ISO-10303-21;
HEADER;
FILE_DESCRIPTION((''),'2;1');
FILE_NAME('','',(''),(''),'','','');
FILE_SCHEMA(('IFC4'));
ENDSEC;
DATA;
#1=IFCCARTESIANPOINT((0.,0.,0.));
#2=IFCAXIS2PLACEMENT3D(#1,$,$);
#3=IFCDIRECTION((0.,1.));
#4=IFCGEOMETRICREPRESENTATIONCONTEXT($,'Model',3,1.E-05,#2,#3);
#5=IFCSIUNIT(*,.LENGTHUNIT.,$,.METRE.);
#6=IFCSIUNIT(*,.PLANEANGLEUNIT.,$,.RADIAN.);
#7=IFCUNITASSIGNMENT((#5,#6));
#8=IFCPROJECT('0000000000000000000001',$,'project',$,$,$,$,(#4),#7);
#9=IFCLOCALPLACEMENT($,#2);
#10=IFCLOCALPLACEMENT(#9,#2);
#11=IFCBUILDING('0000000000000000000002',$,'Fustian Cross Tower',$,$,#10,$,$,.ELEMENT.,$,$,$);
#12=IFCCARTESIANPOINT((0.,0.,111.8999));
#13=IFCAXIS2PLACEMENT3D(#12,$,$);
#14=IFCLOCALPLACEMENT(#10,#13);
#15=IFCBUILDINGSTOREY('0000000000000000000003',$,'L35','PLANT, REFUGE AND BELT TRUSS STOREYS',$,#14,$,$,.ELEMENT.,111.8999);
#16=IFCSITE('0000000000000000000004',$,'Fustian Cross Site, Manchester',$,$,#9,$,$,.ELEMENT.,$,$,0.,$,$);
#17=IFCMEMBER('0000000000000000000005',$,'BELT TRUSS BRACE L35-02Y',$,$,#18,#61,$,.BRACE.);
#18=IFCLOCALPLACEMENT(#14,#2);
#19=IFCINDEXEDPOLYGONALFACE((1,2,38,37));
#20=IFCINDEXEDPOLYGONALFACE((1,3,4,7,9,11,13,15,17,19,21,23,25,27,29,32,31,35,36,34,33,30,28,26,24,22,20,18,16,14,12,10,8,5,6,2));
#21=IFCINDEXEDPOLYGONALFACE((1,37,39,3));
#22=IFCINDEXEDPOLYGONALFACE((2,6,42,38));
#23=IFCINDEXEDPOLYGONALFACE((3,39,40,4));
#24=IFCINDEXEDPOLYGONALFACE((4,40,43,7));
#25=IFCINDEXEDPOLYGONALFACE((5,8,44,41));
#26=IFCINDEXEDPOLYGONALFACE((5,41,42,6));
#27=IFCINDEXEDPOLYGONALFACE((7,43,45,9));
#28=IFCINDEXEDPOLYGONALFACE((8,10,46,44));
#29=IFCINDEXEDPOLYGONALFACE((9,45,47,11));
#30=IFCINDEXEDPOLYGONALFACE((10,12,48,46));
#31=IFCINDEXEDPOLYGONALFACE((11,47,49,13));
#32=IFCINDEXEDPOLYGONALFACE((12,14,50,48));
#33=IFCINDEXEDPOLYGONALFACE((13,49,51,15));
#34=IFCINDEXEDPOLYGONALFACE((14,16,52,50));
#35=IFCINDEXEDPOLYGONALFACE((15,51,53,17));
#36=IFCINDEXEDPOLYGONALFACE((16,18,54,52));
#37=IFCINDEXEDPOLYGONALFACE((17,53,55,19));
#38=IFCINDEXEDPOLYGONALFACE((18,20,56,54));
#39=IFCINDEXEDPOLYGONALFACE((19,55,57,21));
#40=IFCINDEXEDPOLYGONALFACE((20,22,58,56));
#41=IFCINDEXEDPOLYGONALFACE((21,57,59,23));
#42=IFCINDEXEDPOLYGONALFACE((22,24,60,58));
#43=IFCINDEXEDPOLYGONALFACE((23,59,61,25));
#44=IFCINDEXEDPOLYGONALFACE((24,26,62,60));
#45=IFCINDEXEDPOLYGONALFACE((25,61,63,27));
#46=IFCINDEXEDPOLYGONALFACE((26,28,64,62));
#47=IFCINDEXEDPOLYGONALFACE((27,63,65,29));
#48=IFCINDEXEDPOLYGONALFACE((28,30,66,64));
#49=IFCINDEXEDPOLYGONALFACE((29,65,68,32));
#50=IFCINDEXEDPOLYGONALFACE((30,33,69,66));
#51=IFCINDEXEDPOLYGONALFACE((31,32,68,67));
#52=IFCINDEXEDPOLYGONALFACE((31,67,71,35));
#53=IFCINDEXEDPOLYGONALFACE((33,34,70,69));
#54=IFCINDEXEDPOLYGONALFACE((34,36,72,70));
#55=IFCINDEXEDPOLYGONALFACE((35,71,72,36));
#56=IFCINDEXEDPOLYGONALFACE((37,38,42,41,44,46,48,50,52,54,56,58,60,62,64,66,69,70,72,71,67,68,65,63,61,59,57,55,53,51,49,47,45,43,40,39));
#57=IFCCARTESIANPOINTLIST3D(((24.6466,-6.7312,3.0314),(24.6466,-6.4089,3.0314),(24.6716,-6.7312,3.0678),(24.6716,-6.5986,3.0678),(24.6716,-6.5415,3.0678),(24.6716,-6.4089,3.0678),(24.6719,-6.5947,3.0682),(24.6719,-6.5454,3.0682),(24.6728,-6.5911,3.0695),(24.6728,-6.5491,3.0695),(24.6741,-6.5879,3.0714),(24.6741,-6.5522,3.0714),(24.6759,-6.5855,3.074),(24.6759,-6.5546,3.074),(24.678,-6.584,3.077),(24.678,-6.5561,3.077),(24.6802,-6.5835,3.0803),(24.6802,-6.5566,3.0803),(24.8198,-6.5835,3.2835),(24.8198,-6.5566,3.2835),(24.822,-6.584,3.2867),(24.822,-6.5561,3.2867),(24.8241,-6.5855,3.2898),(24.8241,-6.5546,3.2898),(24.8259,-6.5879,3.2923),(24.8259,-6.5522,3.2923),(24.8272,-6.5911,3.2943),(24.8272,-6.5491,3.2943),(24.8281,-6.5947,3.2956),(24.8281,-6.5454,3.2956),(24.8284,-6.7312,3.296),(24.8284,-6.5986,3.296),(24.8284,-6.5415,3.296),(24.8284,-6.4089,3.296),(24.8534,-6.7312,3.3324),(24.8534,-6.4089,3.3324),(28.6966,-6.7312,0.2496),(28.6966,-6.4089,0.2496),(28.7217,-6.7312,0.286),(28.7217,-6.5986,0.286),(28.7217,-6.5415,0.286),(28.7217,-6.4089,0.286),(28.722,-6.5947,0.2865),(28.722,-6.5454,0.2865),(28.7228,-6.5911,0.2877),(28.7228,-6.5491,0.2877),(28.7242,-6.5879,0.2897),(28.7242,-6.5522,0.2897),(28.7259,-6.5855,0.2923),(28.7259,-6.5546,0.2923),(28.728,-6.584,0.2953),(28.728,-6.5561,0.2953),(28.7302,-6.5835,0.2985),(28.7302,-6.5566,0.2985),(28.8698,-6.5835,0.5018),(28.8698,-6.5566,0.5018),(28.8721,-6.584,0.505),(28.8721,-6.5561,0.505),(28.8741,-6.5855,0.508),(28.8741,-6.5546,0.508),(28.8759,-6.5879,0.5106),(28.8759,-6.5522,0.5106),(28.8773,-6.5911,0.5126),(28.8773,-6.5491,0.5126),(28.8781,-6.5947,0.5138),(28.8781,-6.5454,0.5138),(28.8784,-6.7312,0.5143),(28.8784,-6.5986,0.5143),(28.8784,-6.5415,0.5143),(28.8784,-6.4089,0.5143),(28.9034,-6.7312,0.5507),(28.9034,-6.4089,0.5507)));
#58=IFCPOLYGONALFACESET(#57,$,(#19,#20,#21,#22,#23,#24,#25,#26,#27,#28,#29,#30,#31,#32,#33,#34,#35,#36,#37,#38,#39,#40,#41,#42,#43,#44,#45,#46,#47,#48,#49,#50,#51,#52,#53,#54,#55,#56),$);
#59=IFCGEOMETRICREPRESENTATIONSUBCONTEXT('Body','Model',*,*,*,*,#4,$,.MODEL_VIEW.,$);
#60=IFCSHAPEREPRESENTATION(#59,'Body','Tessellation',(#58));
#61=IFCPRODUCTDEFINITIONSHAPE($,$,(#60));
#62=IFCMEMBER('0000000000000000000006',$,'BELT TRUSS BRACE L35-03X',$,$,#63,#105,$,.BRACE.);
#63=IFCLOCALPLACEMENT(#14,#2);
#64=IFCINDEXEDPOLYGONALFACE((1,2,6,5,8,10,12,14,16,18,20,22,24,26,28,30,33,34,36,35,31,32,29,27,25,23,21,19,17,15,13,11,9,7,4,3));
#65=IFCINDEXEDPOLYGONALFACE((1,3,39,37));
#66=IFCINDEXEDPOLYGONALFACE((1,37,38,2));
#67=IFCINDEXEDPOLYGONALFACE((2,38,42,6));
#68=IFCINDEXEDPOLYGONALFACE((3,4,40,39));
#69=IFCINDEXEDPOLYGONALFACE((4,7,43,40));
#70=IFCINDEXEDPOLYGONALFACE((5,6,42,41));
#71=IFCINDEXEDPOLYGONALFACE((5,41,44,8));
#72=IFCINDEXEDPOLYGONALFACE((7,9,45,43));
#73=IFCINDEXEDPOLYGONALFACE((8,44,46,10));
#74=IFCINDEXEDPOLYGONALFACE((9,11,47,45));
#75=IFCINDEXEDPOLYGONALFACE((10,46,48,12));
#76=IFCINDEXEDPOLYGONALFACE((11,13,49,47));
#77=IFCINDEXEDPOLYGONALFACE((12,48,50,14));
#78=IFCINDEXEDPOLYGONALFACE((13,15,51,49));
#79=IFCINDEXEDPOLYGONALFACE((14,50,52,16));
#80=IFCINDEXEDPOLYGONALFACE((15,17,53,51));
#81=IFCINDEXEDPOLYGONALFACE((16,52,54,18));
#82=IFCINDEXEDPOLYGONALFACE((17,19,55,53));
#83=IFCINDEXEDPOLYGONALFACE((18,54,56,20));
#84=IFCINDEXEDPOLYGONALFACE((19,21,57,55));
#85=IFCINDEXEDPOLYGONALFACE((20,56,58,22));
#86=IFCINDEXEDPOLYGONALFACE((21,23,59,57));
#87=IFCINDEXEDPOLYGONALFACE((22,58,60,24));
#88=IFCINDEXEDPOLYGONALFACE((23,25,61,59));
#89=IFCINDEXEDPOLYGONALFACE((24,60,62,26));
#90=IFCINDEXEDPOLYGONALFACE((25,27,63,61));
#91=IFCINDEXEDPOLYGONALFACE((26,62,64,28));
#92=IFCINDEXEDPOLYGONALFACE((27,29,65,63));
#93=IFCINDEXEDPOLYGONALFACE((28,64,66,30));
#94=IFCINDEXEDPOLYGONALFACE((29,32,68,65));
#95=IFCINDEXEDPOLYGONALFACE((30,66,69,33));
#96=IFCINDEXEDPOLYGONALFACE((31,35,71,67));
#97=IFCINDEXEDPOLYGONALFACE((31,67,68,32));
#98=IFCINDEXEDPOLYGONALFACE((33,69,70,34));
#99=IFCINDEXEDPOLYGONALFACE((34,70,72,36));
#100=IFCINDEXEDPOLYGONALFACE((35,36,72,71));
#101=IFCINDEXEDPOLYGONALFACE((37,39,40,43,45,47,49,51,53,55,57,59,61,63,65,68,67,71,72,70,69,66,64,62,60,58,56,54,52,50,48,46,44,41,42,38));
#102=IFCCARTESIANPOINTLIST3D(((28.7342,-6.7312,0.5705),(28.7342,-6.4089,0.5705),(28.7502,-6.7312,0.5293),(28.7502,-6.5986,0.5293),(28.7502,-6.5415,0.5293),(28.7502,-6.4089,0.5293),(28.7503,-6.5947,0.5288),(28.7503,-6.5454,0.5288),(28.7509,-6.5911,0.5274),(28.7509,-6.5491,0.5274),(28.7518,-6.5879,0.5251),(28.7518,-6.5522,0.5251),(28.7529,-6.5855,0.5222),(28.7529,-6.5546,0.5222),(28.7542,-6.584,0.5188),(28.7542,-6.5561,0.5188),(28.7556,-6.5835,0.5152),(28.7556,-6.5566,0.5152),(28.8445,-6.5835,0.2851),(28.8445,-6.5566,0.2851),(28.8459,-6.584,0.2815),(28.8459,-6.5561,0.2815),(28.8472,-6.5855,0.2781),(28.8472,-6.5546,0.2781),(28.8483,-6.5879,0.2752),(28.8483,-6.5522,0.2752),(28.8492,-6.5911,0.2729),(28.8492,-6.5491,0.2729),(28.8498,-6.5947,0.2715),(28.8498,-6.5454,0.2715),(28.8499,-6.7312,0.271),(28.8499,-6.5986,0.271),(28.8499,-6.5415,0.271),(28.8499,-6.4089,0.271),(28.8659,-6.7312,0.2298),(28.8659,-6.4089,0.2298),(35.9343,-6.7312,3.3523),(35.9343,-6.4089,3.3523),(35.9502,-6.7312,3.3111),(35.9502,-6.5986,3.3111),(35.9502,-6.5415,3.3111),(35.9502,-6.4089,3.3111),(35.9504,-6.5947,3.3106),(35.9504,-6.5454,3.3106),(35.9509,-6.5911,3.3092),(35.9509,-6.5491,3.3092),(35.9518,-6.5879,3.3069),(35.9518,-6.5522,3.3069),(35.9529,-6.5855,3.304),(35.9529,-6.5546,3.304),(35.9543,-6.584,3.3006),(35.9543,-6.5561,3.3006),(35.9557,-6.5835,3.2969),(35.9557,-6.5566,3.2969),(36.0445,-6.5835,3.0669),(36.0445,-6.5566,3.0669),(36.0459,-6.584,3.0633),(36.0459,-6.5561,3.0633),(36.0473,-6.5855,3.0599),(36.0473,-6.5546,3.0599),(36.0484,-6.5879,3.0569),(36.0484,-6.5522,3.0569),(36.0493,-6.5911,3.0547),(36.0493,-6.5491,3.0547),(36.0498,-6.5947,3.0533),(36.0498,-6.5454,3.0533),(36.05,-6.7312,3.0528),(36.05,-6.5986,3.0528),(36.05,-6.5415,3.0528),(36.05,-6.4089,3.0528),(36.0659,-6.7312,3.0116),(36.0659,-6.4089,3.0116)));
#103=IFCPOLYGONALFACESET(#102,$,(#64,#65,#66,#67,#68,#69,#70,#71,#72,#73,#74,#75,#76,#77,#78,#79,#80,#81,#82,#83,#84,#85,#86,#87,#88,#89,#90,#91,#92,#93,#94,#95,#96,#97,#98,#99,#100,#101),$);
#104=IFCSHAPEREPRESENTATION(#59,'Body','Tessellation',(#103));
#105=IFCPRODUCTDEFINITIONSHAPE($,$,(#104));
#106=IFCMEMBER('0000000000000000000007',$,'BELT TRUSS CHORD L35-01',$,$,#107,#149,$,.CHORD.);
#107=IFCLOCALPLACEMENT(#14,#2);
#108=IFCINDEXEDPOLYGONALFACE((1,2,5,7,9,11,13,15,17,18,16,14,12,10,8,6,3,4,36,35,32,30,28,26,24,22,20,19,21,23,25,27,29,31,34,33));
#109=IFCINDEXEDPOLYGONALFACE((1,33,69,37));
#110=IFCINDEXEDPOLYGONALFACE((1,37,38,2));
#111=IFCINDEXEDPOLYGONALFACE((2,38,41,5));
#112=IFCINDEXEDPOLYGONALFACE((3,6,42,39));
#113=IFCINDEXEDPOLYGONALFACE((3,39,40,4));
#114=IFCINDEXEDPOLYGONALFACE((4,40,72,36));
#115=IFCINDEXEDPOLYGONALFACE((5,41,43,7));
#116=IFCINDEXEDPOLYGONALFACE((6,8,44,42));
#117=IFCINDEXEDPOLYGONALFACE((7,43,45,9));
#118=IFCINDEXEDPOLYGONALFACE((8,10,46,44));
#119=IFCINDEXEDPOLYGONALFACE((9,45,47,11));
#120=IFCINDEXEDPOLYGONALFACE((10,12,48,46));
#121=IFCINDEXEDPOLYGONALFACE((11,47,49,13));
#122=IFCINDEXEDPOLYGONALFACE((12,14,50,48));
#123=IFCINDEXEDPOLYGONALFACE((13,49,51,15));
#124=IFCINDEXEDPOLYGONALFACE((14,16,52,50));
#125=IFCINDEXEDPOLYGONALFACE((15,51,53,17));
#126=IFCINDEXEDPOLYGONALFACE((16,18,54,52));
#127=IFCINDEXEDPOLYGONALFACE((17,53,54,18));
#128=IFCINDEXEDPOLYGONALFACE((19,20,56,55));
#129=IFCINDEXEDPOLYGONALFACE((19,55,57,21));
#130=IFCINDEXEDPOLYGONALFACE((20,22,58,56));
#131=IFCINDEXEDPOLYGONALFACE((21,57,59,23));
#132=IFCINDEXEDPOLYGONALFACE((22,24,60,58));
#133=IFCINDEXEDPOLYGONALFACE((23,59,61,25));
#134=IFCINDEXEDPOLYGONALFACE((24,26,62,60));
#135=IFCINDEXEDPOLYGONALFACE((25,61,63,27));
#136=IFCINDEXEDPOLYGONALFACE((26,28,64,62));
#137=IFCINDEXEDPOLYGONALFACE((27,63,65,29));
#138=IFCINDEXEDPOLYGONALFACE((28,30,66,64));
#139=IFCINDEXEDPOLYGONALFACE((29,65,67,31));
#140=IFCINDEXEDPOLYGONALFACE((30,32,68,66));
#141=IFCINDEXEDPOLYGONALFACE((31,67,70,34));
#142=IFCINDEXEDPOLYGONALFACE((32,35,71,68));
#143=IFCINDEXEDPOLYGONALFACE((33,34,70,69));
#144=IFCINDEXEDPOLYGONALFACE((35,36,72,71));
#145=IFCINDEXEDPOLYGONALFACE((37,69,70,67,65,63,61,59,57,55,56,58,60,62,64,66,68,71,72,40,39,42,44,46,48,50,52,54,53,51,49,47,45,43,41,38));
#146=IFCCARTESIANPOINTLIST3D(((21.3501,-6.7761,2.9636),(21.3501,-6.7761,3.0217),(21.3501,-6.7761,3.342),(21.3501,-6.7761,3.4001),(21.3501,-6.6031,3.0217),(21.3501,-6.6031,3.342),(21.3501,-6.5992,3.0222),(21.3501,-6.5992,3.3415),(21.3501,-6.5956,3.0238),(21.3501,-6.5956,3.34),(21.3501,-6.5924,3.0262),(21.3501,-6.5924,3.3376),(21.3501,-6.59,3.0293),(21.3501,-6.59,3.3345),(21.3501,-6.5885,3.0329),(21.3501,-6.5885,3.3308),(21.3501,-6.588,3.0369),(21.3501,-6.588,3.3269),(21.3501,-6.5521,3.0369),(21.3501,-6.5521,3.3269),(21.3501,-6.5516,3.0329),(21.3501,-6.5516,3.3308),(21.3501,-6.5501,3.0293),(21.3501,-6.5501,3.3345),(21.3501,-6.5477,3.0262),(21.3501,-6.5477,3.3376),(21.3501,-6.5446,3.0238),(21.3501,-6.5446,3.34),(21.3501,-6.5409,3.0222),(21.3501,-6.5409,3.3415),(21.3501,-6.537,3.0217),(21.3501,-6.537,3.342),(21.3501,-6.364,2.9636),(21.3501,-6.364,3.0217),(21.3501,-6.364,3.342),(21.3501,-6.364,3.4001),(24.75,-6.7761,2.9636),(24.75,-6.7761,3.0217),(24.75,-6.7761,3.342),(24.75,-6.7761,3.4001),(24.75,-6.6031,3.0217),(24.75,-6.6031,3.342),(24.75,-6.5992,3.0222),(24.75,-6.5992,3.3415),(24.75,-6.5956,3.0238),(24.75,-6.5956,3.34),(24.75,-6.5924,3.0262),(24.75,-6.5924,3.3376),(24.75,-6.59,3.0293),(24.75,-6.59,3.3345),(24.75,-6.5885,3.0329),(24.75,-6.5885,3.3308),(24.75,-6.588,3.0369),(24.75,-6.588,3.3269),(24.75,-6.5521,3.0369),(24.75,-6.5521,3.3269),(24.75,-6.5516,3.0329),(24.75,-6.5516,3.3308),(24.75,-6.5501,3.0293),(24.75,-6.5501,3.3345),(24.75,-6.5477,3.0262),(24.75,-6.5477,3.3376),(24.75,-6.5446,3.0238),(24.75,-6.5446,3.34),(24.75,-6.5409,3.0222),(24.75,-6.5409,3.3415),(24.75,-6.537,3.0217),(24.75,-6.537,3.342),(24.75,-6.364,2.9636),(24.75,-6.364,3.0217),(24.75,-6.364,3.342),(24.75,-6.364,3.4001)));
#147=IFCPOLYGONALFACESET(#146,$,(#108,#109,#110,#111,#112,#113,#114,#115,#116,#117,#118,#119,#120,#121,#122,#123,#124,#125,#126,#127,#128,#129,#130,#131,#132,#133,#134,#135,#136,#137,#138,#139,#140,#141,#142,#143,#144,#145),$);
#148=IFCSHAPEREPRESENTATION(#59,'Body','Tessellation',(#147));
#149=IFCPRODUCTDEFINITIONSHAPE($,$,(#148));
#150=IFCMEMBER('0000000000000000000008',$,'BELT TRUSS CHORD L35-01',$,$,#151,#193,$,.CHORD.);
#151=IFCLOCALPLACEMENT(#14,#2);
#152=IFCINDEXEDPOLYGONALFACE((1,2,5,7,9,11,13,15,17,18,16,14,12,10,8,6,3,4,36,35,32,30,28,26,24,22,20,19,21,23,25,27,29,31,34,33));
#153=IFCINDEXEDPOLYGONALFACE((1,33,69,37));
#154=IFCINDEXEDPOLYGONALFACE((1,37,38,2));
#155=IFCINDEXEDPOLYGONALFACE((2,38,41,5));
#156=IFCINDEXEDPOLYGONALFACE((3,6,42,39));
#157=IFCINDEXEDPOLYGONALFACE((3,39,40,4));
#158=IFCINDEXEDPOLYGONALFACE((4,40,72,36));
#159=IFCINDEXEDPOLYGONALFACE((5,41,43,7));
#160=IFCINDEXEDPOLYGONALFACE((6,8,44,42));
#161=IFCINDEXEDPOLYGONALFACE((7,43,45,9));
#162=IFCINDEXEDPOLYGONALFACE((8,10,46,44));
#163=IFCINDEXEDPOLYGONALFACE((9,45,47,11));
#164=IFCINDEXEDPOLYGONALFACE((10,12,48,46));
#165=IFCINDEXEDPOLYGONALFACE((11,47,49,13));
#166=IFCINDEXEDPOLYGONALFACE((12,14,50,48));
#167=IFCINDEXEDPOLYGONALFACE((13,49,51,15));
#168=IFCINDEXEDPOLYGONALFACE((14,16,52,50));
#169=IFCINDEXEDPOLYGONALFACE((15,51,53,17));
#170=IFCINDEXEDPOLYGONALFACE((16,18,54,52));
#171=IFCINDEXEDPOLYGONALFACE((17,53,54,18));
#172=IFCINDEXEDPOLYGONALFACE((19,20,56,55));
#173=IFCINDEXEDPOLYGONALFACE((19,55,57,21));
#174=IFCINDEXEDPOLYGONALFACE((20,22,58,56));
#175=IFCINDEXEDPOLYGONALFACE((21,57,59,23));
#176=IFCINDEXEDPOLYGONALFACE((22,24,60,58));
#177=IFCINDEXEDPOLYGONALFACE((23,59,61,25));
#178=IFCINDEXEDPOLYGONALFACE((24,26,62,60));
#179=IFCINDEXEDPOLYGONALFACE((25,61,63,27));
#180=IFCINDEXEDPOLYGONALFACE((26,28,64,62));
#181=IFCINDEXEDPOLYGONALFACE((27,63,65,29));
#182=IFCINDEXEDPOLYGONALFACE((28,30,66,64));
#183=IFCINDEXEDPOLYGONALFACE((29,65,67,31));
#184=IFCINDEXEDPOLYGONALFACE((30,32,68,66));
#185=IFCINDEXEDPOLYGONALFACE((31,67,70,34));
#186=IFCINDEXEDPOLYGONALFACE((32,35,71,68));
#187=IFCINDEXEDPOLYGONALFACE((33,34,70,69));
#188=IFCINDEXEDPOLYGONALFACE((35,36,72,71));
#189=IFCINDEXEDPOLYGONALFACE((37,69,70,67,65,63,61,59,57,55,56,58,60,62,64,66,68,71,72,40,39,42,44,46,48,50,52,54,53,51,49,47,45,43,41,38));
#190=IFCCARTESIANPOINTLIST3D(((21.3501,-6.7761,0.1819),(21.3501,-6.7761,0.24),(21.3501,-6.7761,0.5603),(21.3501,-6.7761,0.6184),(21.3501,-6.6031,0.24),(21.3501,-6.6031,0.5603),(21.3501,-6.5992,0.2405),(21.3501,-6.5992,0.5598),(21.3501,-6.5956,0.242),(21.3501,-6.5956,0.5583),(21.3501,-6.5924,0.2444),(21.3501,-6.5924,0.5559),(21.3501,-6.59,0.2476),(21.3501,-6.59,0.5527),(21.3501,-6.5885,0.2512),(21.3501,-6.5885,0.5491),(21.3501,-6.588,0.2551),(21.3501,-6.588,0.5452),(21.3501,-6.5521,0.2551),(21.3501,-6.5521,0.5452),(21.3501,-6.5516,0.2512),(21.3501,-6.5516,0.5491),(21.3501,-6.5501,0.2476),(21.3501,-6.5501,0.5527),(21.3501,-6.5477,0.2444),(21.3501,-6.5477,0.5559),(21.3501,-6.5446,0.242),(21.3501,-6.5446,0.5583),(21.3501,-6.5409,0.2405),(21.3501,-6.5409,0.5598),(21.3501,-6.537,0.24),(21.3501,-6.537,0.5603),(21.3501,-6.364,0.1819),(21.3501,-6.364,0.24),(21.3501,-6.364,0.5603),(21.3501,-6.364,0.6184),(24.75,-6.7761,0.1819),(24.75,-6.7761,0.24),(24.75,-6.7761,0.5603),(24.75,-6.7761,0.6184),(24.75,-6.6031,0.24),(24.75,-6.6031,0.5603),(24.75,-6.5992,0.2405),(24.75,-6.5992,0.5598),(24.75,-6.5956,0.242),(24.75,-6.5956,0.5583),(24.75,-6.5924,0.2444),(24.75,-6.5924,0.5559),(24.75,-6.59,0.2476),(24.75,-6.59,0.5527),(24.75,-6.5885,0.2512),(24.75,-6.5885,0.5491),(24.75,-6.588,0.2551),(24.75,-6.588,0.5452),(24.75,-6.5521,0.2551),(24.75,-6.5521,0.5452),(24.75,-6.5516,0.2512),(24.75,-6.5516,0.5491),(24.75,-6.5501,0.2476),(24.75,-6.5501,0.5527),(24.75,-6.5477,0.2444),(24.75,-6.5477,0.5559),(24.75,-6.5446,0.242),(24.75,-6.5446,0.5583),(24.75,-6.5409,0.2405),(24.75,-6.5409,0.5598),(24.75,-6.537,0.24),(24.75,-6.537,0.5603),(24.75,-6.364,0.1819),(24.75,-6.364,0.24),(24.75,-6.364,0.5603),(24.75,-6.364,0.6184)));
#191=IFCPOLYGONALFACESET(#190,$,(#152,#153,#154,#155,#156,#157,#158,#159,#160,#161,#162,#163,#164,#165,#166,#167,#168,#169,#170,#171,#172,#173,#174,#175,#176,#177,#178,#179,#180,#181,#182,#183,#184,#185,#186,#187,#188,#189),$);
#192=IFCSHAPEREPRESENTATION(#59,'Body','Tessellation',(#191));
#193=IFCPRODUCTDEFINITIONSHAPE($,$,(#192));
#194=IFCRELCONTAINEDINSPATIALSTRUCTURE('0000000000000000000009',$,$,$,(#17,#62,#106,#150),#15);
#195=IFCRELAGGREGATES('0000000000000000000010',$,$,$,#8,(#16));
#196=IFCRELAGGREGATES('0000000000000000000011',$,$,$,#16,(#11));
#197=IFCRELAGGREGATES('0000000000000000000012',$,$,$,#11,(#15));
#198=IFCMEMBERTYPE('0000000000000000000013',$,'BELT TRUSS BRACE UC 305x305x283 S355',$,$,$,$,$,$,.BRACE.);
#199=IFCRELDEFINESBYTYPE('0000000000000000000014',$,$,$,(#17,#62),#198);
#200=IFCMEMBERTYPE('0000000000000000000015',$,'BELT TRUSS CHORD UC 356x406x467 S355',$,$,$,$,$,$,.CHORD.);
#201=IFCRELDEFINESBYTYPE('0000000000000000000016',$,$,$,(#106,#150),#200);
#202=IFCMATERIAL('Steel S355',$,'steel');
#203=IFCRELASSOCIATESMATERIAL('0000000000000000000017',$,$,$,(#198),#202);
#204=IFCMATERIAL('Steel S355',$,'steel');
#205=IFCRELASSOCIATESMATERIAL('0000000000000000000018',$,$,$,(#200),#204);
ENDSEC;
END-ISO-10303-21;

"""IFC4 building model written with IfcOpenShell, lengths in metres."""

from ifc_helpers import new_model, si_unit, direction, frame, origin, origin_2d, place, context, subcontext, project, spatial, i_section, extrude, material, material_profile, profile_set, type_object, element, save


model = new_model("IFC4")

# Units and contexts
model_context = context("Model", 3, precision=1e-05, world=origin(), true_north=direction((0.0, 1.0)))
body_context = subcontext(model_context, "Body", "Model", "MODEL_VIEW")
ifc_project = project(units=[si_unit("LENGTHUNIT", "METRE"), si_unit("PLANEANGLEUNIT", "RADIAN")], contexts=[model_context])

# Site, building, storey
site_placement = place(None, origin())
site = spatial("IfcSite", under=ifc_project, at=site_placement, Name="Fustian Cross Site, Manchester", CompositionType="ELEMENT", RefElevation=0.0)
building_placement = place(site_placement, origin())
building = spatial("IfcBuilding", under=site, at=building_placement, Name="Fustian Cross Tower", CompositionType="ELEMENT")
storey_placement = place(building_placement, frame((0.0, 0.0, 111.8999)))
storey = spatial("IfcBuildingStorey", under=building, at=storey_placement, Name="L35", Description="PLANT, REFUGE AND BELT TRUSS STOREYS", CompositionType="ELEMENT", Elevation=111.8999)

# Members
ifc_material_1 = material(Name="Steel S355", Category="steel")
ifc_material_profile_1 = material_profile(ifc_material_1, i_section(OverallWidth=0.3223, OverallDepth=0.3652, WebThickness=0.0269, FlangeThickness=0.0442, FilletRadius=0.0151, at=origin_2d()), Name="UC 305x305x283")
ifc_profile_set_1 = profile_set([ifc_material_profile_1], Name="Steel S355")
member_type_1 = type_object("IfcMemberType", Name="BELT TRUSS BRACE UC 305x305x283 S355", PredefinedType="BRACE", material=ifc_profile_set_1)
for number, where, z_axis, x_axis, name in (
    (1, (24.75, -6.5701, 3.1819), (0.824296, 0.0, -0.56616), (0.0, 1.0, 0.0), "BELT TRUSS BRACE L35-02Y"),
):
    element("IfcMember", number, at=place(storey_placement, frame(where, z_axis=z_axis, x_axis=x_axis)), inside=storey, type_object=member_type_1, Name=name, PredefinedType="BRACE", context=body_context, shape_type="SweptSolid", body=[
        extrude(i_section(OverallWidth=0.3223, OverallDepth=0.3652, WebThickness=0.0269, FlangeThickness=0.0442, FilletRadius=0.0151, at=origin_2d()), origin(), (0.0, 0.0, 1.0), 4.9133),
    ])
member_placement = place(storey_placement, frame((28.8, -6.5701, 0.4001), z_axis=(0.932801, 0.0, 0.360392), x_axis=(0.0, 1.0, 0.0)))
element("IfcMember", 2, at=member_placement, inside=storey, type_object=member_type_1, Name="BELT TRUSS BRACE L35-03X", PredefinedType="BRACE", context=body_context, shape_type="SweptSolid", body=[
    extrude(i_section(OverallWidth=0.3223, OverallDepth=0.3652, WebThickness=0.0269, FlangeThickness=0.0442, FilletRadius=0.0151, at=origin_2d()), origin(), (0.0, 0.0, 1.0), 7.7188),
])
ifc_material_2 = material(Name="Steel S355", Category="steel")
ifc_material_profile_2 = material_profile(ifc_material_2, i_section(OverallWidth=0.4121, OverallDepth=0.4365, WebThickness=0.0359, FlangeThickness=0.0581, FilletRadius=0.0151, at=origin_2d()), Name="UC 356x406x467")
ifc_profile_set_2 = profile_set([ifc_material_profile_2], Name="Steel S355")
member_type_2 = type_object("IfcMemberType", Name="BELT TRUSS CHORD UC 356x406x467 S355", PredefinedType="CHORD", material=ifc_profile_set_2)
for number, where, z_axis, x_axis, name in (
    (3, (21.3501, -6.5701, 3.1819), (1.0, 0.0, 0.0), (0.0, 1.0, 0.0), "BELT TRUSS CHORD L35-01"),
    (4, (21.3501, -6.5701, 0.4001), (1.0, 0.0, 0.0), (0.0, 1.0, 0.0), "BELT TRUSS CHORD L35-01"),
):
    element("IfcMember", number, at=place(storey_placement, frame(where, z_axis=z_axis, x_axis=x_axis)), inside=storey, type_object=member_type_2, Name=name, PredefinedType="CHORD", context=body_context, shape_type="SweptSolid", body=[
        extrude(i_section(OverallWidth=0.4121, OverallDepth=0.4365, WebThickness=0.0359, FlangeThickness=0.0581, FilletRadius=0.0151, at=origin_2d()), origin(), (0.0, 0.0, 1.0), 3.3999),
    ])

save(model, "model.ifc")
